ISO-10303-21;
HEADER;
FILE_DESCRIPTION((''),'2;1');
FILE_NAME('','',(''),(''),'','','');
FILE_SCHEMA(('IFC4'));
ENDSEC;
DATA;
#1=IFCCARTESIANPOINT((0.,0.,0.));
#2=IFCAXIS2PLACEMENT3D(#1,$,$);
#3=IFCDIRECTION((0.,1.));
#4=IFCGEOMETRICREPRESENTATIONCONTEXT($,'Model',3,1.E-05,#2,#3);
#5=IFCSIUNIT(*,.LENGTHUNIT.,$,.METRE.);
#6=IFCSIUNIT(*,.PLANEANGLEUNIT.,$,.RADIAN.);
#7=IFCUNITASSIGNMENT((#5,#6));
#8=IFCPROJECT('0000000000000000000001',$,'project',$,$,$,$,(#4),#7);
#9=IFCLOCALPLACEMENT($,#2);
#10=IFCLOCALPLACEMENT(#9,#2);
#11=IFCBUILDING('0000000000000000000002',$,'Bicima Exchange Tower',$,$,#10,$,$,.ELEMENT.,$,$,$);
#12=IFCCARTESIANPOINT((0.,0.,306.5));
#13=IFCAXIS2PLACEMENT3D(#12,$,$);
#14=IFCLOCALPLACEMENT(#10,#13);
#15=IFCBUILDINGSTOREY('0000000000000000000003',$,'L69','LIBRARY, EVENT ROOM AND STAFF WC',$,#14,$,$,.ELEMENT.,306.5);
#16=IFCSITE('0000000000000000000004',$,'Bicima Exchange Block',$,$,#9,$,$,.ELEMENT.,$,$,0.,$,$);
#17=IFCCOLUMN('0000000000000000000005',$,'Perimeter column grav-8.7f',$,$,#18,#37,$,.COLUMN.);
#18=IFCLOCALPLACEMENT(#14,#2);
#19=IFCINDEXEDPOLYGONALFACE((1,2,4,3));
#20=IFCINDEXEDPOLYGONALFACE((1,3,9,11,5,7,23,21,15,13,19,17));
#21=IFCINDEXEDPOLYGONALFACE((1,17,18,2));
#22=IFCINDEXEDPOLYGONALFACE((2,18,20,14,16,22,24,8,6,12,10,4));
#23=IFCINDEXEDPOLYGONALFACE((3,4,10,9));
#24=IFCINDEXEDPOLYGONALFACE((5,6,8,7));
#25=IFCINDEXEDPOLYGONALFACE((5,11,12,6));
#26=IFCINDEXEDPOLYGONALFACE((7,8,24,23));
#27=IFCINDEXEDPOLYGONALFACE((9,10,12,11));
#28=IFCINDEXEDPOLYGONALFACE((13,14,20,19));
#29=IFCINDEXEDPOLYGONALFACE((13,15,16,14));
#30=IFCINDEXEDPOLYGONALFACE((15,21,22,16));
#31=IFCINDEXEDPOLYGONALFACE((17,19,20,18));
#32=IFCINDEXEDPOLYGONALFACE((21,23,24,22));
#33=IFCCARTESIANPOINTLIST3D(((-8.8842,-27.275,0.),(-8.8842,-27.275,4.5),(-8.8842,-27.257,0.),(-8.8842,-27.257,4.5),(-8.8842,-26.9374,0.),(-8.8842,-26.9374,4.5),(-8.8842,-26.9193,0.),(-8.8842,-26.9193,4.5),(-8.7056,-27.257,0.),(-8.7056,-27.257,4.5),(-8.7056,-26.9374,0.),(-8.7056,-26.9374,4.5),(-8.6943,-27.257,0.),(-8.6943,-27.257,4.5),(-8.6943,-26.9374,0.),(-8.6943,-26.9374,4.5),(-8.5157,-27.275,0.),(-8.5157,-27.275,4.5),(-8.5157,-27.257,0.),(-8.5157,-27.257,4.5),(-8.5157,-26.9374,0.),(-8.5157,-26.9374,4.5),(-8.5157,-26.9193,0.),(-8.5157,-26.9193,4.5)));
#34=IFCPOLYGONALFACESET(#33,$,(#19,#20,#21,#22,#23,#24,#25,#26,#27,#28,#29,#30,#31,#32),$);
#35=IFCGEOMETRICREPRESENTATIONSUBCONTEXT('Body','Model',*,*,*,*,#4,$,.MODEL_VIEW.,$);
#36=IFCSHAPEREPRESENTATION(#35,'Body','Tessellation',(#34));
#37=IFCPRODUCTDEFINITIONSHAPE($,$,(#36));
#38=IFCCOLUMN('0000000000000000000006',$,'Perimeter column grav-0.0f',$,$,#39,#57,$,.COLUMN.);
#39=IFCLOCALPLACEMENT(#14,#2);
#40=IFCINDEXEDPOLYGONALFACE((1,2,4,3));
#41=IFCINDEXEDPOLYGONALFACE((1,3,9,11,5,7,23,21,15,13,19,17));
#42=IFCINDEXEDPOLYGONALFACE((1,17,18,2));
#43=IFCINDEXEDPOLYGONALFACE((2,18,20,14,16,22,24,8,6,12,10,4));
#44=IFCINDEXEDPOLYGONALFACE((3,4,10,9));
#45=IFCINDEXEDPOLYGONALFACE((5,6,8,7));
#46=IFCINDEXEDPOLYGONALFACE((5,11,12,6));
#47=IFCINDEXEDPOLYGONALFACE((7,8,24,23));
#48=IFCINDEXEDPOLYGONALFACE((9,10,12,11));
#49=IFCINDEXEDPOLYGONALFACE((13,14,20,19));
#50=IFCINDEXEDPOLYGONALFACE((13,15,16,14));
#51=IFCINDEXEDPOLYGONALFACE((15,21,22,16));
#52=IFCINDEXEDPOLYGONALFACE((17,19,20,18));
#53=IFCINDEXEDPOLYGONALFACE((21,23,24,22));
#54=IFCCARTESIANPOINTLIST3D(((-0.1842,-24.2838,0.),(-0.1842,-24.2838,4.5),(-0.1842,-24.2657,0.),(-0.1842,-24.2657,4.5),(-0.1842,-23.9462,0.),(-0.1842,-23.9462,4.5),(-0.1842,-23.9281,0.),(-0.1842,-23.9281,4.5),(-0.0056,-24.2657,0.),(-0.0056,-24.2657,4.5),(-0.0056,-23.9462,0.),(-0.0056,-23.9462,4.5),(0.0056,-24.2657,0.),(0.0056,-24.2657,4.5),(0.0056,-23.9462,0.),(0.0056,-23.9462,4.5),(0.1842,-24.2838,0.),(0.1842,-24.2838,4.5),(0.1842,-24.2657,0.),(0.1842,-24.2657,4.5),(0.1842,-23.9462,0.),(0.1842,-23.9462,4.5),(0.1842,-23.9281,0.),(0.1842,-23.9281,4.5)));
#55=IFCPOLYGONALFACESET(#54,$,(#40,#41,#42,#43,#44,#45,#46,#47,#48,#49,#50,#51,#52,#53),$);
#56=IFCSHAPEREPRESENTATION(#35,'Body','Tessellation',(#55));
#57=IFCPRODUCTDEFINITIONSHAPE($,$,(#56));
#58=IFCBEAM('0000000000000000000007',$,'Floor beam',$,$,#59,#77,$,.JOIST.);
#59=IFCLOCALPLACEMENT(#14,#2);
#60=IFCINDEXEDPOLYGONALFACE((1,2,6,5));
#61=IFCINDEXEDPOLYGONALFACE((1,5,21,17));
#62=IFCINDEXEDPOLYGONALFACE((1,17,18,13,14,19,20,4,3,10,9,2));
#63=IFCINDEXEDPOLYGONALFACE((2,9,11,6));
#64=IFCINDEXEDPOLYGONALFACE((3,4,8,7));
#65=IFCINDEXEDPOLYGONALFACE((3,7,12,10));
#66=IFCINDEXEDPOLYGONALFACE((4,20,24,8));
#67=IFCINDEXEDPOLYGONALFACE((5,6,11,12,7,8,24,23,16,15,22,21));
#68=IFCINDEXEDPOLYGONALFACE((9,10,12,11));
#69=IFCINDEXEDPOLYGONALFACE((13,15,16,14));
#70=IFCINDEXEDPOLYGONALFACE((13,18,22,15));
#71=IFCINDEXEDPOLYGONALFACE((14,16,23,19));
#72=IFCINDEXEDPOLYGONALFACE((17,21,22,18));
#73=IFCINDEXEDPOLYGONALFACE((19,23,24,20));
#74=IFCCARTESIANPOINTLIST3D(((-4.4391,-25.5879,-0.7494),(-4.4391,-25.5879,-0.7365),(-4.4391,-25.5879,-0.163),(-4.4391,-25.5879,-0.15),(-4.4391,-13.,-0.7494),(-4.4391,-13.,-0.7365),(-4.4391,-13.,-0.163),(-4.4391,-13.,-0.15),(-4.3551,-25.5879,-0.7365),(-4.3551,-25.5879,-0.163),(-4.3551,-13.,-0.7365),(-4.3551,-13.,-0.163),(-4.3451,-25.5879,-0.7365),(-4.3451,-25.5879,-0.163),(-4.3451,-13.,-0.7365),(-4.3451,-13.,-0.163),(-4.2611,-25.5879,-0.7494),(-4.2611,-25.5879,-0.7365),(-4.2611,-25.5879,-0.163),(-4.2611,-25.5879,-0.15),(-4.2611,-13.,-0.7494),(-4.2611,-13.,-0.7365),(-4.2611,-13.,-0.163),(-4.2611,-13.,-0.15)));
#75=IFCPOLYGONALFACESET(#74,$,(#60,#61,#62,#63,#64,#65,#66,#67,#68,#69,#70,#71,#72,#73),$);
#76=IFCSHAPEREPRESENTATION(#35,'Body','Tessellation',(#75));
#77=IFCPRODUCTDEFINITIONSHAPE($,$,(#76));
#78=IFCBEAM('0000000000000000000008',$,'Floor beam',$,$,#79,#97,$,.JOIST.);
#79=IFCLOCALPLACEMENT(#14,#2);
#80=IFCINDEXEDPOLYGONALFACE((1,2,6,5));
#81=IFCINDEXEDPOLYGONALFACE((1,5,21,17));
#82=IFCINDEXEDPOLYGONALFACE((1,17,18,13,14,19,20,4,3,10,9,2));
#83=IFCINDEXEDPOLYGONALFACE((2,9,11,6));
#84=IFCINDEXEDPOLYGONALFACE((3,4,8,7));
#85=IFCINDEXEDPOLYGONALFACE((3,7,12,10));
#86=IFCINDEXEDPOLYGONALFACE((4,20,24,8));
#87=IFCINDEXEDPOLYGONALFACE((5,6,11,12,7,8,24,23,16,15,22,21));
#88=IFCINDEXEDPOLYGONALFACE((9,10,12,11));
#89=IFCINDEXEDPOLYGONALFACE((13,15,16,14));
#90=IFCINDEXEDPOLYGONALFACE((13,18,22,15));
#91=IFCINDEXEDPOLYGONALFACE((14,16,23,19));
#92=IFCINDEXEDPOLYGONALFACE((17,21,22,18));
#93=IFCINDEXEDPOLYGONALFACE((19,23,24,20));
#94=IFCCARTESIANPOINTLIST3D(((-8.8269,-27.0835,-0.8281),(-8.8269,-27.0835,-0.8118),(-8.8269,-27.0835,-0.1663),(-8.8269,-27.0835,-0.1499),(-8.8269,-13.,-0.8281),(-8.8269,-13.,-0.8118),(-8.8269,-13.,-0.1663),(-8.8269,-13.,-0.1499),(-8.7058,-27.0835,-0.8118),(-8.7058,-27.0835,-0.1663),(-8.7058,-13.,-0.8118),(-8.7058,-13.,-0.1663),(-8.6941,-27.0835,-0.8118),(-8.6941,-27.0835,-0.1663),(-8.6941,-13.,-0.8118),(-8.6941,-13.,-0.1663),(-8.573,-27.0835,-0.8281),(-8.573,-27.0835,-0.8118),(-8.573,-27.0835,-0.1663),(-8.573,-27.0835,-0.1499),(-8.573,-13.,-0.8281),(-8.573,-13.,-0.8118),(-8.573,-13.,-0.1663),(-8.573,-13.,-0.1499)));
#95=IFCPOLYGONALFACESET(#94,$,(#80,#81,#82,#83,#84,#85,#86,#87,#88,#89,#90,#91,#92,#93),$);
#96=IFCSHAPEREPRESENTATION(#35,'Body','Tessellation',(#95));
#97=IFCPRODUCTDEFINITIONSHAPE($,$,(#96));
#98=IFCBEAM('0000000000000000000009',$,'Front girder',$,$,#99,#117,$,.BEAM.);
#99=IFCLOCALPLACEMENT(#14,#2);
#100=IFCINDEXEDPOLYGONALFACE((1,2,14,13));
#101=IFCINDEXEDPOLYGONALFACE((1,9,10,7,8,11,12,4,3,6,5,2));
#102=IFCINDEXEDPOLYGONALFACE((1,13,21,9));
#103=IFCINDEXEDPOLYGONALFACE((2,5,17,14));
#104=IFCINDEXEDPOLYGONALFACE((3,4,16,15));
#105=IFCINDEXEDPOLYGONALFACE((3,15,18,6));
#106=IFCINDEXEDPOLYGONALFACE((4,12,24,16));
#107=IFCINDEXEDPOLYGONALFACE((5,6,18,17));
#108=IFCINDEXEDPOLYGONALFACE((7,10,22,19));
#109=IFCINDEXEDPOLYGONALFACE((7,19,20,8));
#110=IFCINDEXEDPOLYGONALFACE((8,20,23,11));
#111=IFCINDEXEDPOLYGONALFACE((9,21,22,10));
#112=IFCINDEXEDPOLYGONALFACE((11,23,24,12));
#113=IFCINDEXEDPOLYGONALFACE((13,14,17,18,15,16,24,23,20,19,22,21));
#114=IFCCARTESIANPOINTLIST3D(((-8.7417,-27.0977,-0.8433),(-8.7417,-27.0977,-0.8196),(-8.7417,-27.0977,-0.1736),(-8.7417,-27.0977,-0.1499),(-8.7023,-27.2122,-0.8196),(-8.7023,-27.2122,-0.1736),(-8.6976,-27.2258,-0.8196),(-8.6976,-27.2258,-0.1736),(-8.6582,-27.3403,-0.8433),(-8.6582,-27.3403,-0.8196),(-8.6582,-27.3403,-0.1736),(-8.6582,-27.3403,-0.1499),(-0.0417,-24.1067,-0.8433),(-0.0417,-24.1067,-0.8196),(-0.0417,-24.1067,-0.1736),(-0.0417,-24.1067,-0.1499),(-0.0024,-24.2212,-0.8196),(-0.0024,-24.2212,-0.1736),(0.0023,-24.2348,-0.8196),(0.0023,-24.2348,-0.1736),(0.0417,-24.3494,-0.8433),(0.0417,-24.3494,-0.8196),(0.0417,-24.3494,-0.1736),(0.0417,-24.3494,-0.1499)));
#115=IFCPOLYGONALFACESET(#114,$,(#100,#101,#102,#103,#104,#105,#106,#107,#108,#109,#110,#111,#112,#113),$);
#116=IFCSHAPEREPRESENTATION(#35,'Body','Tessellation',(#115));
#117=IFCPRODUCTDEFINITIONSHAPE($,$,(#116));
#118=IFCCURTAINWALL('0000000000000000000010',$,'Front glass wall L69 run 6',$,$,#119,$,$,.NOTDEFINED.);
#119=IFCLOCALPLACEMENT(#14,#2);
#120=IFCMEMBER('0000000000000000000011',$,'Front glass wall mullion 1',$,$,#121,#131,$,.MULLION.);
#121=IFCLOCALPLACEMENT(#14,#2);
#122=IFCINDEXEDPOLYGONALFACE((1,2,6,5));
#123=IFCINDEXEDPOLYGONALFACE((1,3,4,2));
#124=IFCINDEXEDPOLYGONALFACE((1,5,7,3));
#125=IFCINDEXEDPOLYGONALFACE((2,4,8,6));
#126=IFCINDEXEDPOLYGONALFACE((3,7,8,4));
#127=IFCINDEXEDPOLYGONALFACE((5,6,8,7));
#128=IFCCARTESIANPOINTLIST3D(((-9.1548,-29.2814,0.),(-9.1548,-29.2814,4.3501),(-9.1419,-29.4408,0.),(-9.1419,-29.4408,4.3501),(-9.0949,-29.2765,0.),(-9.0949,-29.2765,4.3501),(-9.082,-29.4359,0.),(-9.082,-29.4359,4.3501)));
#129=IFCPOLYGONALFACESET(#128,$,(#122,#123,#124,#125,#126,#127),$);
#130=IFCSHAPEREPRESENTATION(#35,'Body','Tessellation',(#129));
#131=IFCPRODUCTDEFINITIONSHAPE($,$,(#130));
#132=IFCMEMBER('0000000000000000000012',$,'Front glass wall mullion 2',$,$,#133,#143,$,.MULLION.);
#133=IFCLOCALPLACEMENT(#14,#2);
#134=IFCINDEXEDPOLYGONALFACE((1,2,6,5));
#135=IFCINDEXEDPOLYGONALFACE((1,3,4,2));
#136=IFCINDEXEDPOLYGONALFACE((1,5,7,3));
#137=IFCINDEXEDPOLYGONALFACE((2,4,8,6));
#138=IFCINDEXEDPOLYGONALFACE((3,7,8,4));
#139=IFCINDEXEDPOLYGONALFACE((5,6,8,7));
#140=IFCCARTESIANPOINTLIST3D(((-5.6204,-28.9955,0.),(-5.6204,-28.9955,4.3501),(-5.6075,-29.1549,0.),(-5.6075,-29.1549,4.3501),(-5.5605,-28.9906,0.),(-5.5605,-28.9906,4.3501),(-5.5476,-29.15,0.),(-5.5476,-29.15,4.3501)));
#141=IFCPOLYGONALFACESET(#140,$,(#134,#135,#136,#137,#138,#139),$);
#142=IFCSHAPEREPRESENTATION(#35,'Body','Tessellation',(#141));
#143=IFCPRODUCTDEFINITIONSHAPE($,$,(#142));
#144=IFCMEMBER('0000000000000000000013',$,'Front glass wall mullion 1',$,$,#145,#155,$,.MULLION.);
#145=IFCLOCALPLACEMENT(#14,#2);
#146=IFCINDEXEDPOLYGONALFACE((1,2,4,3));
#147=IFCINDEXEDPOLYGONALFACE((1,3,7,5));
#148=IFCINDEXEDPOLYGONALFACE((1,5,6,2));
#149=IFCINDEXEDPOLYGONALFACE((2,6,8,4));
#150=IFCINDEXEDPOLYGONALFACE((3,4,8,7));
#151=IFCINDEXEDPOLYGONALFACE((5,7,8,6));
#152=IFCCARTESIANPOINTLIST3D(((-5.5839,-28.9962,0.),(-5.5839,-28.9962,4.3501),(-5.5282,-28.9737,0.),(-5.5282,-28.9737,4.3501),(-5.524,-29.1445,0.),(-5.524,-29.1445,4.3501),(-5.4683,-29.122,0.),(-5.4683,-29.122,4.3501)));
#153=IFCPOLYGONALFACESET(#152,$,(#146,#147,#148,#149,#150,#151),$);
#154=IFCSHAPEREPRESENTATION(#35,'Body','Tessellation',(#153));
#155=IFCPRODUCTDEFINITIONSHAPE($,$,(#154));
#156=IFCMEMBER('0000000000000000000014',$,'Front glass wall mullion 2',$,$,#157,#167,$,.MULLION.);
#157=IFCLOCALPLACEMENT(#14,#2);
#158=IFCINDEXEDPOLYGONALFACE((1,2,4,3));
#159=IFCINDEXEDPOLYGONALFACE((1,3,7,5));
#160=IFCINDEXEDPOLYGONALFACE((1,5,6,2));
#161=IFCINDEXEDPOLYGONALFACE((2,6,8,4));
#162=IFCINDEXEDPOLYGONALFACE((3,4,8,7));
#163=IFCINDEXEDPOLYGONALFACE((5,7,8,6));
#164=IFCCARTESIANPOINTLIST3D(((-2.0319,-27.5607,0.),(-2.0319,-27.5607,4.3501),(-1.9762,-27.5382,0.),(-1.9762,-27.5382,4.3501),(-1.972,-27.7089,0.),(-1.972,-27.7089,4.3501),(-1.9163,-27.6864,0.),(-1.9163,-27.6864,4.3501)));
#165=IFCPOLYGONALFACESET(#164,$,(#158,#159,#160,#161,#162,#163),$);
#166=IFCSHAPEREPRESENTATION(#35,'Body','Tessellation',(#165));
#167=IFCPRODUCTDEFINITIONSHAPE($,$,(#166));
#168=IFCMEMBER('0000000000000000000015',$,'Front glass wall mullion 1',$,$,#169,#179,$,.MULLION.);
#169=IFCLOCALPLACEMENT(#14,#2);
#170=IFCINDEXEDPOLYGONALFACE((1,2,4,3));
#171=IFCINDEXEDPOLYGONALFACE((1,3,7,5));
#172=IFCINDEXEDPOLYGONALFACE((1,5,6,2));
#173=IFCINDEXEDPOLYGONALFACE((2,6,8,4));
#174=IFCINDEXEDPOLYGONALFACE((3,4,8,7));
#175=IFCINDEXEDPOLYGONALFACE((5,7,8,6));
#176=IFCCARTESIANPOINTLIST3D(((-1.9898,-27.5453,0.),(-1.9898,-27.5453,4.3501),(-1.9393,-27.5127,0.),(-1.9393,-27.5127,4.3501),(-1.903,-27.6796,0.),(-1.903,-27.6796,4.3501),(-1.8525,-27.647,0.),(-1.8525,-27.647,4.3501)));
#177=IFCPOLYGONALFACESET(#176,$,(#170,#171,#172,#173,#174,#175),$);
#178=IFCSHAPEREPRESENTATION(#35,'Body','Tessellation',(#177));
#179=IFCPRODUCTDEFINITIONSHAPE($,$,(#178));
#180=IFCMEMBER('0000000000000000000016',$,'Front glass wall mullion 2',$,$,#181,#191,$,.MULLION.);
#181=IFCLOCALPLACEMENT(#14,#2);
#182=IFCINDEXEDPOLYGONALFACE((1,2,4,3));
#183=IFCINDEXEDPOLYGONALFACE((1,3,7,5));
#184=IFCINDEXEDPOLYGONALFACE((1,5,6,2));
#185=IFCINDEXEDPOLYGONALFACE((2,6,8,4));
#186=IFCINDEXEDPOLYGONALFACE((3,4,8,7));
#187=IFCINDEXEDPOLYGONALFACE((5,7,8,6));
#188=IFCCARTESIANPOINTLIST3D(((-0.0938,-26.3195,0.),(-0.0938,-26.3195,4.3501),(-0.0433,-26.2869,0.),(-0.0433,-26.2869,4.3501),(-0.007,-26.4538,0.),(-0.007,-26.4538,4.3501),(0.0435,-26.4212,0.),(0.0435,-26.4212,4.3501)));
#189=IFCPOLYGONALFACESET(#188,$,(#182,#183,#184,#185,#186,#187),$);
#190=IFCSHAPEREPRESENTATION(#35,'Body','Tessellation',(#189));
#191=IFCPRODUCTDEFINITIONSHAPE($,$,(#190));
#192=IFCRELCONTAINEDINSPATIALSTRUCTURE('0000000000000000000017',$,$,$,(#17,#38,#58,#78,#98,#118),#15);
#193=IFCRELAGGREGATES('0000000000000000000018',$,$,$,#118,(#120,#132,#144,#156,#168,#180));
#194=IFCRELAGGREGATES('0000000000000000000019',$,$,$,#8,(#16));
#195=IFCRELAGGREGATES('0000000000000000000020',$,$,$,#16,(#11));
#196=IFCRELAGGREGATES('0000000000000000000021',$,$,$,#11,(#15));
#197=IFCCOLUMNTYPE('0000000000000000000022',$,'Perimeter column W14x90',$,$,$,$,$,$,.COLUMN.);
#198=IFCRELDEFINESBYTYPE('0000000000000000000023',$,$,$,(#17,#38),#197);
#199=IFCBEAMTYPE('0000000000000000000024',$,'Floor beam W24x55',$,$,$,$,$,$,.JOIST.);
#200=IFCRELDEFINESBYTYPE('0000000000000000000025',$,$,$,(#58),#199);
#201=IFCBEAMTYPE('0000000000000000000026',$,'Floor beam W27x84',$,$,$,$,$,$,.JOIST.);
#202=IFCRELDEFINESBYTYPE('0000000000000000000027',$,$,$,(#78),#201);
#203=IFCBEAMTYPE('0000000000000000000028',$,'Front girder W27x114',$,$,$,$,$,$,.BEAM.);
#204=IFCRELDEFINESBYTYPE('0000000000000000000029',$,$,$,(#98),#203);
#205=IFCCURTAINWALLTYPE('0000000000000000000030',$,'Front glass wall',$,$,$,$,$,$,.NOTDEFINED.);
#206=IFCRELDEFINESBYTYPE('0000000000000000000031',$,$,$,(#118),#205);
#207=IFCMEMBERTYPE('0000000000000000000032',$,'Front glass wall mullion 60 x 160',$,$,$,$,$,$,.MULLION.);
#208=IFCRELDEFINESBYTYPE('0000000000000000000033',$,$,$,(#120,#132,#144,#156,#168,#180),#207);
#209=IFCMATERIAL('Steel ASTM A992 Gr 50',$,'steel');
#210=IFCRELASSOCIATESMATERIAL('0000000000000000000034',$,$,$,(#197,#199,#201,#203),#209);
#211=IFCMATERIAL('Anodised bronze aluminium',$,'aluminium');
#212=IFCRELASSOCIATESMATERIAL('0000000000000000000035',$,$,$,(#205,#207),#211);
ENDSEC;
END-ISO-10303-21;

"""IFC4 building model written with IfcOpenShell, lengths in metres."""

from ifc_helpers import new_model, si_unit, direction, frame, origin, origin_2d, place, context, subcontext, project, spatial, rectangle, i_section, extrude, material, material_profile, profile_set, type_object, element, aggregate, save


model = new_model("IFC4")

# Units and contexts
model_context = context("Model", 3, precision=1e-05, world=origin(), true_north=direction((0.0, 1.0)))
body_context = subcontext(model_context, "Body", "Model", "MODEL_VIEW")
ifc_project = project(units=[si_unit("LENGTHUNIT", "METRE"), si_unit("PLANEANGLEUNIT", "RADIAN")], contexts=[model_context])

# Site, building, storey
site_placement = place(None, origin())
site = spatial("IfcSite", under=ifc_project, at=site_placement, Name="Bicima Exchange Block", CompositionType="ELEMENT", RefElevation=0.0)
building_placement = place(site_placement, origin())
building = spatial("IfcBuilding", under=site, at=building_placement, Name="Bicima Exchange Tower", CompositionType="ELEMENT")
storey_placement = place(building_placement, frame((0.0, 0.0, 306.5)))
storey = spatial("IfcBuildingStorey", under=building, at=storey_placement, Name="L69", Description="LIBRARY, EVENT ROOM AND STAFF WC", CompositionType="ELEMENT", Elevation=306.5)

# Columns
ifc_material_1 = material(Name="Steel ASTM A992 Gr 50", Category="steel")
ifc_material_profile_1 = material_profile(ifc_material_1, i_section(OverallWidth=0.3684, OverallDepth=0.3557, WebThickness=0.0112, FlangeThickness=0.0181, at=origin_2d()))
ifc_profile_set_1 = profile_set([ifc_material_profile_1], Name="Steel ASTM A992 Gr 50")
column_type = type_object("IfcColumnType", Name="Perimeter column W14x90", PredefinedType="COLUMN", material=ifc_profile_set_1)
for number, where, z_axis, x_axis, name in (
    (1, (-8.7, -27.0972, 0.0), (0.0, 0.0, 1.0), (1.0, 0.0, 0.0), "Perimeter column grav-8.7f"),
    (2, (0.0, -24.106, 0.0), (0.0, 0.0, 1.0), (1.0, 0.0, 0.0), "Perimeter column grav-0.0f"),
):
    element("IfcColumn", number, at=place(storey_placement, frame(where, z_axis=z_axis, x_axis=x_axis)), inside=storey, type_object=column_type, Name=name, PredefinedType="COLUMN", context=body_context, shape_type="SweptSolid", body=[
        extrude(i_section(OverallWidth=0.3684, OverallDepth=0.3557, WebThickness=0.0112, FlangeThickness=0.0181, at=origin_2d()), origin(), (0.0, 0.0, 1.0), 4.5),
    ])

# Beams
ifc_material_profile_2 = material_profile(ifc_material_1, i_section(OverallWidth=0.178, OverallDepth=0.5994, WebThickness=0.01, FlangeThickness=0.0129, at=origin_2d()))
ifc_profile_set_2 = profile_set([ifc_material_profile_2], Name="Steel ASTM A992 Gr 50")
beam_type_1 = type_object("IfcBeamType", Name="Floor beam W24x55", PredefinedType="JOIST", material=ifc_profile_set_2)
beam_1_placement = place(storey_placement, frame((-4.3501, -13.0, -0.4497), z_axis=(0.0, -1.0, 0.0), x_axis=(1.0, 0.0, 0.0)))
element("IfcBeam", 3, at=beam_1_placement, inside=storey, type_object=beam_type_1, Name="Floor beam", PredefinedType="JOIST", context=body_context, shape_type="SweptSolid", body=[
    extrude(i_section(OverallWidth=0.178, OverallDepth=0.5994, WebThickness=0.01, FlangeThickness=0.0129, at=origin_2d()), origin(), (0.0, 0.0, 1.0), 12.5879),
])
ifc_material_profile_3 = material_profile(ifc_material_1, i_section(OverallWidth=0.2539, OverallDepth=0.6782, WebThickness=0.0117, FlangeThickness=0.0164, at=origin_2d()))
ifc_profile_set_3 = profile_set([ifc_material_profile_3], Name="Steel ASTM A992 Gr 50")
beam_type_2 = type_object("IfcBeamType", Name="Floor beam W27x84", PredefinedType="JOIST", material=ifc_profile_set_3)
beam_2_placement = place(storey_placement, frame((-8.7, -13.0, -0.489), z_axis=(0.0, -1.0, 0.0), x_axis=(1.0, 0.0, 0.0)))
element("IfcBeam", 4, at=beam_2_placement, inside=storey, type_object=beam_type_2, Name="Floor beam", PredefinedType="JOIST", context=body_context, shape_type="SweptSolid", body=[
    extrude(i_section(OverallWidth=0.2539, OverallDepth=0.6782, WebThickness=0.0117, FlangeThickness=0.0164, at=origin_2d()), origin(), (0.0, 0.0, 1.0), 14.0835),
])
ifc_material_profile_4 = material_profile(ifc_material_1, i_section(OverallWidth=0.2566, OverallDepth=0.6934, WebThickness=0.0144, FlangeThickness=0.0237, at=origin_2d()))
ifc_profile_set_4 = profile_set([ifc_material_profile_4], Name="Steel ASTM A992 Gr 50")
beam_type_3 = type_object("IfcBeamType", Name="Front girder W27x114", PredefinedType="BEAM", material=ifc_profile_set_4)
beam_3_placement = place(storey_placement, frame((-8.7, -27.219, -0.4966), z_axis=(0.945675, 0.325115, 0.0), x_axis=(-0.325115, 0.945675, 0.0)))
element("IfcBeam", 5, at=beam_3_placement, inside=storey, type_object=beam_type_3, Name="Front girder", PredefinedType="BEAM", context=body_context, shape_type="SweptSolid", body=[
    extrude(i_section(OverallWidth=0.2566, OverallDepth=0.6934, WebThickness=0.0144, FlangeThickness=0.0237, at=origin_2d()), origin(), (0.0, 0.0, 1.0), 9.1997),
])

# Curtain wall, members
ifc_material_2 = material(Name="Anodised bronze aluminium", Category="aluminium")
curtain_wall_type = type_object("IfcCurtainWallType", Name="Front glass wall", PredefinedType="NOTDEFINED", material=ifc_material_2)
curtain_wall_placement = place(storey_placement, origin())
curtain_wall = element("IfcCurtainWall", 6, at=curtain_wall_placement, inside=storey, type_object=curtain_wall_type, Name="Front glass wall L69 run 6", PredefinedType="NOTDEFINED")
ifc_material_profile_5 = material_profile(ifc_material_2, rectangle(XDim=0.1599, YDim=0.0601, at=origin_2d()))
ifc_profile_set_5 = profile_set([ifc_material_profile_5], Name="Anodised bronze aluminium")
member_type_1 = type_object("IfcMemberType", Name="Front glass wall mullion 60 x 160", PredefinedType="MULLION", material=ifc_profile_set_5)
member_1_placement = place(storey_placement, frame((-9.1184, -29.3586, 0.0), z_axis=(0.0, 0.0, 1.0), x_axis=(-0.080589, 0.996747, 0.0)))
member_1 = element("IfcMember", 7, at=member_1_placement, type_object=member_type_1, Name="Front glass wall mullion 1", PredefinedType="MULLION", context=body_context, shape_type="SweptSolid", body=[
    extrude(rectangle(XDim=0.1599, YDim=0.0601, at=origin_2d()), origin(), (0.0, 0.0, 1.0), 4.3501),
])
member_2_placement = place(storey_placement, frame((-5.584, -29.0728, 0.0), z_axis=(0.0, 0.0, 1.0), x_axis=(-0.080589, 0.996747, 0.0)))
member_2 = element("IfcMember", 8, at=member_2_placement, type_object=member_type_1, Name="Front glass wall mullion 2", PredefinedType="MULLION", context=body_context, shape_type="SweptSolid", body=[
    extrude(rectangle(XDim=0.1599, YDim=0.0601, at=origin_2d()), origin(), (0.0, 0.0, 1.0), 4.3501),
])
member_3_placement = place(storey_placement, frame((-5.5261, -29.0591, 0.0), z_axis=(0.0, 0.0, 1.0), x_axis=(-0.374705, 0.927144, 0.0)))
member_3 = element("IfcMember", 9, at=member_3_placement, type_object=member_type_1, Name="Front glass wall mullion 1", PredefinedType="MULLION", context=body_context, shape_type="SweptSolid", body=[
    extrude(rectangle(XDim=0.1599, YDim=0.0601, at=origin_2d()), origin(), (0.0, 0.0, 1.0), 4.3501),
])
member_4_placement = place(storey_placement, frame((-1.9741, -27.6235, 0.0), z_axis=(0.0, 0.0, 1.0), x_axis=(-0.374705, 0.927144, 0.0)))
member_4 = element("IfcMember", 10, at=member_4_placement, type_object=member_type_1, Name="Front glass wall mullion 2", PredefinedType="MULLION", context=body_context, shape_type="SweptSolid", body=[
    extrude(rectangle(XDim=0.1599, YDim=0.0601, at=origin_2d()), origin(), (0.0, 0.0, 1.0), 4.3501),
])
member_5_placement = place(storey_placement, frame((-1.9211, -27.5962, 0.0), z_axis=(0.0, 0.0, 1.0), x_axis=(-0.542897, 0.839799, 0.0)))
member_5 = element("IfcMember", 11, at=member_5_placement, type_object=member_type_1, Name="Front glass wall mullion 1", PredefinedType="MULLION", context=body_context, shape_type="SweptSolid", body=[
    extrude(rectangle(XDim=0.1599, YDim=0.0601, at=origin_2d()), origin(), (0.0, 0.0, 1.0), 4.3501),
])
member_6_placement = place(storey_placement, frame((-0.0251, -26.3704, 0.0), z_axis=(0.0, 0.0, 1.0), x_axis=(-0.542897, 0.839799, 0.0)))
member_6 = element("IfcMember", 12, at=member_6_placement, type_object=member_type_1, Name="Front glass wall mullion 2", PredefinedType="MULLION", context=body_context, shape_type="SweptSolid", body=[
    extrude(rectangle(XDim=0.1599, YDim=0.0601, at=origin_2d()), origin(), (0.0, 0.0, 1.0), 4.3501),
])

aggregate(curtain_wall, [member_1, member_2, member_3, member_4, member_5, member_6])

save(model, "model.ifc")
